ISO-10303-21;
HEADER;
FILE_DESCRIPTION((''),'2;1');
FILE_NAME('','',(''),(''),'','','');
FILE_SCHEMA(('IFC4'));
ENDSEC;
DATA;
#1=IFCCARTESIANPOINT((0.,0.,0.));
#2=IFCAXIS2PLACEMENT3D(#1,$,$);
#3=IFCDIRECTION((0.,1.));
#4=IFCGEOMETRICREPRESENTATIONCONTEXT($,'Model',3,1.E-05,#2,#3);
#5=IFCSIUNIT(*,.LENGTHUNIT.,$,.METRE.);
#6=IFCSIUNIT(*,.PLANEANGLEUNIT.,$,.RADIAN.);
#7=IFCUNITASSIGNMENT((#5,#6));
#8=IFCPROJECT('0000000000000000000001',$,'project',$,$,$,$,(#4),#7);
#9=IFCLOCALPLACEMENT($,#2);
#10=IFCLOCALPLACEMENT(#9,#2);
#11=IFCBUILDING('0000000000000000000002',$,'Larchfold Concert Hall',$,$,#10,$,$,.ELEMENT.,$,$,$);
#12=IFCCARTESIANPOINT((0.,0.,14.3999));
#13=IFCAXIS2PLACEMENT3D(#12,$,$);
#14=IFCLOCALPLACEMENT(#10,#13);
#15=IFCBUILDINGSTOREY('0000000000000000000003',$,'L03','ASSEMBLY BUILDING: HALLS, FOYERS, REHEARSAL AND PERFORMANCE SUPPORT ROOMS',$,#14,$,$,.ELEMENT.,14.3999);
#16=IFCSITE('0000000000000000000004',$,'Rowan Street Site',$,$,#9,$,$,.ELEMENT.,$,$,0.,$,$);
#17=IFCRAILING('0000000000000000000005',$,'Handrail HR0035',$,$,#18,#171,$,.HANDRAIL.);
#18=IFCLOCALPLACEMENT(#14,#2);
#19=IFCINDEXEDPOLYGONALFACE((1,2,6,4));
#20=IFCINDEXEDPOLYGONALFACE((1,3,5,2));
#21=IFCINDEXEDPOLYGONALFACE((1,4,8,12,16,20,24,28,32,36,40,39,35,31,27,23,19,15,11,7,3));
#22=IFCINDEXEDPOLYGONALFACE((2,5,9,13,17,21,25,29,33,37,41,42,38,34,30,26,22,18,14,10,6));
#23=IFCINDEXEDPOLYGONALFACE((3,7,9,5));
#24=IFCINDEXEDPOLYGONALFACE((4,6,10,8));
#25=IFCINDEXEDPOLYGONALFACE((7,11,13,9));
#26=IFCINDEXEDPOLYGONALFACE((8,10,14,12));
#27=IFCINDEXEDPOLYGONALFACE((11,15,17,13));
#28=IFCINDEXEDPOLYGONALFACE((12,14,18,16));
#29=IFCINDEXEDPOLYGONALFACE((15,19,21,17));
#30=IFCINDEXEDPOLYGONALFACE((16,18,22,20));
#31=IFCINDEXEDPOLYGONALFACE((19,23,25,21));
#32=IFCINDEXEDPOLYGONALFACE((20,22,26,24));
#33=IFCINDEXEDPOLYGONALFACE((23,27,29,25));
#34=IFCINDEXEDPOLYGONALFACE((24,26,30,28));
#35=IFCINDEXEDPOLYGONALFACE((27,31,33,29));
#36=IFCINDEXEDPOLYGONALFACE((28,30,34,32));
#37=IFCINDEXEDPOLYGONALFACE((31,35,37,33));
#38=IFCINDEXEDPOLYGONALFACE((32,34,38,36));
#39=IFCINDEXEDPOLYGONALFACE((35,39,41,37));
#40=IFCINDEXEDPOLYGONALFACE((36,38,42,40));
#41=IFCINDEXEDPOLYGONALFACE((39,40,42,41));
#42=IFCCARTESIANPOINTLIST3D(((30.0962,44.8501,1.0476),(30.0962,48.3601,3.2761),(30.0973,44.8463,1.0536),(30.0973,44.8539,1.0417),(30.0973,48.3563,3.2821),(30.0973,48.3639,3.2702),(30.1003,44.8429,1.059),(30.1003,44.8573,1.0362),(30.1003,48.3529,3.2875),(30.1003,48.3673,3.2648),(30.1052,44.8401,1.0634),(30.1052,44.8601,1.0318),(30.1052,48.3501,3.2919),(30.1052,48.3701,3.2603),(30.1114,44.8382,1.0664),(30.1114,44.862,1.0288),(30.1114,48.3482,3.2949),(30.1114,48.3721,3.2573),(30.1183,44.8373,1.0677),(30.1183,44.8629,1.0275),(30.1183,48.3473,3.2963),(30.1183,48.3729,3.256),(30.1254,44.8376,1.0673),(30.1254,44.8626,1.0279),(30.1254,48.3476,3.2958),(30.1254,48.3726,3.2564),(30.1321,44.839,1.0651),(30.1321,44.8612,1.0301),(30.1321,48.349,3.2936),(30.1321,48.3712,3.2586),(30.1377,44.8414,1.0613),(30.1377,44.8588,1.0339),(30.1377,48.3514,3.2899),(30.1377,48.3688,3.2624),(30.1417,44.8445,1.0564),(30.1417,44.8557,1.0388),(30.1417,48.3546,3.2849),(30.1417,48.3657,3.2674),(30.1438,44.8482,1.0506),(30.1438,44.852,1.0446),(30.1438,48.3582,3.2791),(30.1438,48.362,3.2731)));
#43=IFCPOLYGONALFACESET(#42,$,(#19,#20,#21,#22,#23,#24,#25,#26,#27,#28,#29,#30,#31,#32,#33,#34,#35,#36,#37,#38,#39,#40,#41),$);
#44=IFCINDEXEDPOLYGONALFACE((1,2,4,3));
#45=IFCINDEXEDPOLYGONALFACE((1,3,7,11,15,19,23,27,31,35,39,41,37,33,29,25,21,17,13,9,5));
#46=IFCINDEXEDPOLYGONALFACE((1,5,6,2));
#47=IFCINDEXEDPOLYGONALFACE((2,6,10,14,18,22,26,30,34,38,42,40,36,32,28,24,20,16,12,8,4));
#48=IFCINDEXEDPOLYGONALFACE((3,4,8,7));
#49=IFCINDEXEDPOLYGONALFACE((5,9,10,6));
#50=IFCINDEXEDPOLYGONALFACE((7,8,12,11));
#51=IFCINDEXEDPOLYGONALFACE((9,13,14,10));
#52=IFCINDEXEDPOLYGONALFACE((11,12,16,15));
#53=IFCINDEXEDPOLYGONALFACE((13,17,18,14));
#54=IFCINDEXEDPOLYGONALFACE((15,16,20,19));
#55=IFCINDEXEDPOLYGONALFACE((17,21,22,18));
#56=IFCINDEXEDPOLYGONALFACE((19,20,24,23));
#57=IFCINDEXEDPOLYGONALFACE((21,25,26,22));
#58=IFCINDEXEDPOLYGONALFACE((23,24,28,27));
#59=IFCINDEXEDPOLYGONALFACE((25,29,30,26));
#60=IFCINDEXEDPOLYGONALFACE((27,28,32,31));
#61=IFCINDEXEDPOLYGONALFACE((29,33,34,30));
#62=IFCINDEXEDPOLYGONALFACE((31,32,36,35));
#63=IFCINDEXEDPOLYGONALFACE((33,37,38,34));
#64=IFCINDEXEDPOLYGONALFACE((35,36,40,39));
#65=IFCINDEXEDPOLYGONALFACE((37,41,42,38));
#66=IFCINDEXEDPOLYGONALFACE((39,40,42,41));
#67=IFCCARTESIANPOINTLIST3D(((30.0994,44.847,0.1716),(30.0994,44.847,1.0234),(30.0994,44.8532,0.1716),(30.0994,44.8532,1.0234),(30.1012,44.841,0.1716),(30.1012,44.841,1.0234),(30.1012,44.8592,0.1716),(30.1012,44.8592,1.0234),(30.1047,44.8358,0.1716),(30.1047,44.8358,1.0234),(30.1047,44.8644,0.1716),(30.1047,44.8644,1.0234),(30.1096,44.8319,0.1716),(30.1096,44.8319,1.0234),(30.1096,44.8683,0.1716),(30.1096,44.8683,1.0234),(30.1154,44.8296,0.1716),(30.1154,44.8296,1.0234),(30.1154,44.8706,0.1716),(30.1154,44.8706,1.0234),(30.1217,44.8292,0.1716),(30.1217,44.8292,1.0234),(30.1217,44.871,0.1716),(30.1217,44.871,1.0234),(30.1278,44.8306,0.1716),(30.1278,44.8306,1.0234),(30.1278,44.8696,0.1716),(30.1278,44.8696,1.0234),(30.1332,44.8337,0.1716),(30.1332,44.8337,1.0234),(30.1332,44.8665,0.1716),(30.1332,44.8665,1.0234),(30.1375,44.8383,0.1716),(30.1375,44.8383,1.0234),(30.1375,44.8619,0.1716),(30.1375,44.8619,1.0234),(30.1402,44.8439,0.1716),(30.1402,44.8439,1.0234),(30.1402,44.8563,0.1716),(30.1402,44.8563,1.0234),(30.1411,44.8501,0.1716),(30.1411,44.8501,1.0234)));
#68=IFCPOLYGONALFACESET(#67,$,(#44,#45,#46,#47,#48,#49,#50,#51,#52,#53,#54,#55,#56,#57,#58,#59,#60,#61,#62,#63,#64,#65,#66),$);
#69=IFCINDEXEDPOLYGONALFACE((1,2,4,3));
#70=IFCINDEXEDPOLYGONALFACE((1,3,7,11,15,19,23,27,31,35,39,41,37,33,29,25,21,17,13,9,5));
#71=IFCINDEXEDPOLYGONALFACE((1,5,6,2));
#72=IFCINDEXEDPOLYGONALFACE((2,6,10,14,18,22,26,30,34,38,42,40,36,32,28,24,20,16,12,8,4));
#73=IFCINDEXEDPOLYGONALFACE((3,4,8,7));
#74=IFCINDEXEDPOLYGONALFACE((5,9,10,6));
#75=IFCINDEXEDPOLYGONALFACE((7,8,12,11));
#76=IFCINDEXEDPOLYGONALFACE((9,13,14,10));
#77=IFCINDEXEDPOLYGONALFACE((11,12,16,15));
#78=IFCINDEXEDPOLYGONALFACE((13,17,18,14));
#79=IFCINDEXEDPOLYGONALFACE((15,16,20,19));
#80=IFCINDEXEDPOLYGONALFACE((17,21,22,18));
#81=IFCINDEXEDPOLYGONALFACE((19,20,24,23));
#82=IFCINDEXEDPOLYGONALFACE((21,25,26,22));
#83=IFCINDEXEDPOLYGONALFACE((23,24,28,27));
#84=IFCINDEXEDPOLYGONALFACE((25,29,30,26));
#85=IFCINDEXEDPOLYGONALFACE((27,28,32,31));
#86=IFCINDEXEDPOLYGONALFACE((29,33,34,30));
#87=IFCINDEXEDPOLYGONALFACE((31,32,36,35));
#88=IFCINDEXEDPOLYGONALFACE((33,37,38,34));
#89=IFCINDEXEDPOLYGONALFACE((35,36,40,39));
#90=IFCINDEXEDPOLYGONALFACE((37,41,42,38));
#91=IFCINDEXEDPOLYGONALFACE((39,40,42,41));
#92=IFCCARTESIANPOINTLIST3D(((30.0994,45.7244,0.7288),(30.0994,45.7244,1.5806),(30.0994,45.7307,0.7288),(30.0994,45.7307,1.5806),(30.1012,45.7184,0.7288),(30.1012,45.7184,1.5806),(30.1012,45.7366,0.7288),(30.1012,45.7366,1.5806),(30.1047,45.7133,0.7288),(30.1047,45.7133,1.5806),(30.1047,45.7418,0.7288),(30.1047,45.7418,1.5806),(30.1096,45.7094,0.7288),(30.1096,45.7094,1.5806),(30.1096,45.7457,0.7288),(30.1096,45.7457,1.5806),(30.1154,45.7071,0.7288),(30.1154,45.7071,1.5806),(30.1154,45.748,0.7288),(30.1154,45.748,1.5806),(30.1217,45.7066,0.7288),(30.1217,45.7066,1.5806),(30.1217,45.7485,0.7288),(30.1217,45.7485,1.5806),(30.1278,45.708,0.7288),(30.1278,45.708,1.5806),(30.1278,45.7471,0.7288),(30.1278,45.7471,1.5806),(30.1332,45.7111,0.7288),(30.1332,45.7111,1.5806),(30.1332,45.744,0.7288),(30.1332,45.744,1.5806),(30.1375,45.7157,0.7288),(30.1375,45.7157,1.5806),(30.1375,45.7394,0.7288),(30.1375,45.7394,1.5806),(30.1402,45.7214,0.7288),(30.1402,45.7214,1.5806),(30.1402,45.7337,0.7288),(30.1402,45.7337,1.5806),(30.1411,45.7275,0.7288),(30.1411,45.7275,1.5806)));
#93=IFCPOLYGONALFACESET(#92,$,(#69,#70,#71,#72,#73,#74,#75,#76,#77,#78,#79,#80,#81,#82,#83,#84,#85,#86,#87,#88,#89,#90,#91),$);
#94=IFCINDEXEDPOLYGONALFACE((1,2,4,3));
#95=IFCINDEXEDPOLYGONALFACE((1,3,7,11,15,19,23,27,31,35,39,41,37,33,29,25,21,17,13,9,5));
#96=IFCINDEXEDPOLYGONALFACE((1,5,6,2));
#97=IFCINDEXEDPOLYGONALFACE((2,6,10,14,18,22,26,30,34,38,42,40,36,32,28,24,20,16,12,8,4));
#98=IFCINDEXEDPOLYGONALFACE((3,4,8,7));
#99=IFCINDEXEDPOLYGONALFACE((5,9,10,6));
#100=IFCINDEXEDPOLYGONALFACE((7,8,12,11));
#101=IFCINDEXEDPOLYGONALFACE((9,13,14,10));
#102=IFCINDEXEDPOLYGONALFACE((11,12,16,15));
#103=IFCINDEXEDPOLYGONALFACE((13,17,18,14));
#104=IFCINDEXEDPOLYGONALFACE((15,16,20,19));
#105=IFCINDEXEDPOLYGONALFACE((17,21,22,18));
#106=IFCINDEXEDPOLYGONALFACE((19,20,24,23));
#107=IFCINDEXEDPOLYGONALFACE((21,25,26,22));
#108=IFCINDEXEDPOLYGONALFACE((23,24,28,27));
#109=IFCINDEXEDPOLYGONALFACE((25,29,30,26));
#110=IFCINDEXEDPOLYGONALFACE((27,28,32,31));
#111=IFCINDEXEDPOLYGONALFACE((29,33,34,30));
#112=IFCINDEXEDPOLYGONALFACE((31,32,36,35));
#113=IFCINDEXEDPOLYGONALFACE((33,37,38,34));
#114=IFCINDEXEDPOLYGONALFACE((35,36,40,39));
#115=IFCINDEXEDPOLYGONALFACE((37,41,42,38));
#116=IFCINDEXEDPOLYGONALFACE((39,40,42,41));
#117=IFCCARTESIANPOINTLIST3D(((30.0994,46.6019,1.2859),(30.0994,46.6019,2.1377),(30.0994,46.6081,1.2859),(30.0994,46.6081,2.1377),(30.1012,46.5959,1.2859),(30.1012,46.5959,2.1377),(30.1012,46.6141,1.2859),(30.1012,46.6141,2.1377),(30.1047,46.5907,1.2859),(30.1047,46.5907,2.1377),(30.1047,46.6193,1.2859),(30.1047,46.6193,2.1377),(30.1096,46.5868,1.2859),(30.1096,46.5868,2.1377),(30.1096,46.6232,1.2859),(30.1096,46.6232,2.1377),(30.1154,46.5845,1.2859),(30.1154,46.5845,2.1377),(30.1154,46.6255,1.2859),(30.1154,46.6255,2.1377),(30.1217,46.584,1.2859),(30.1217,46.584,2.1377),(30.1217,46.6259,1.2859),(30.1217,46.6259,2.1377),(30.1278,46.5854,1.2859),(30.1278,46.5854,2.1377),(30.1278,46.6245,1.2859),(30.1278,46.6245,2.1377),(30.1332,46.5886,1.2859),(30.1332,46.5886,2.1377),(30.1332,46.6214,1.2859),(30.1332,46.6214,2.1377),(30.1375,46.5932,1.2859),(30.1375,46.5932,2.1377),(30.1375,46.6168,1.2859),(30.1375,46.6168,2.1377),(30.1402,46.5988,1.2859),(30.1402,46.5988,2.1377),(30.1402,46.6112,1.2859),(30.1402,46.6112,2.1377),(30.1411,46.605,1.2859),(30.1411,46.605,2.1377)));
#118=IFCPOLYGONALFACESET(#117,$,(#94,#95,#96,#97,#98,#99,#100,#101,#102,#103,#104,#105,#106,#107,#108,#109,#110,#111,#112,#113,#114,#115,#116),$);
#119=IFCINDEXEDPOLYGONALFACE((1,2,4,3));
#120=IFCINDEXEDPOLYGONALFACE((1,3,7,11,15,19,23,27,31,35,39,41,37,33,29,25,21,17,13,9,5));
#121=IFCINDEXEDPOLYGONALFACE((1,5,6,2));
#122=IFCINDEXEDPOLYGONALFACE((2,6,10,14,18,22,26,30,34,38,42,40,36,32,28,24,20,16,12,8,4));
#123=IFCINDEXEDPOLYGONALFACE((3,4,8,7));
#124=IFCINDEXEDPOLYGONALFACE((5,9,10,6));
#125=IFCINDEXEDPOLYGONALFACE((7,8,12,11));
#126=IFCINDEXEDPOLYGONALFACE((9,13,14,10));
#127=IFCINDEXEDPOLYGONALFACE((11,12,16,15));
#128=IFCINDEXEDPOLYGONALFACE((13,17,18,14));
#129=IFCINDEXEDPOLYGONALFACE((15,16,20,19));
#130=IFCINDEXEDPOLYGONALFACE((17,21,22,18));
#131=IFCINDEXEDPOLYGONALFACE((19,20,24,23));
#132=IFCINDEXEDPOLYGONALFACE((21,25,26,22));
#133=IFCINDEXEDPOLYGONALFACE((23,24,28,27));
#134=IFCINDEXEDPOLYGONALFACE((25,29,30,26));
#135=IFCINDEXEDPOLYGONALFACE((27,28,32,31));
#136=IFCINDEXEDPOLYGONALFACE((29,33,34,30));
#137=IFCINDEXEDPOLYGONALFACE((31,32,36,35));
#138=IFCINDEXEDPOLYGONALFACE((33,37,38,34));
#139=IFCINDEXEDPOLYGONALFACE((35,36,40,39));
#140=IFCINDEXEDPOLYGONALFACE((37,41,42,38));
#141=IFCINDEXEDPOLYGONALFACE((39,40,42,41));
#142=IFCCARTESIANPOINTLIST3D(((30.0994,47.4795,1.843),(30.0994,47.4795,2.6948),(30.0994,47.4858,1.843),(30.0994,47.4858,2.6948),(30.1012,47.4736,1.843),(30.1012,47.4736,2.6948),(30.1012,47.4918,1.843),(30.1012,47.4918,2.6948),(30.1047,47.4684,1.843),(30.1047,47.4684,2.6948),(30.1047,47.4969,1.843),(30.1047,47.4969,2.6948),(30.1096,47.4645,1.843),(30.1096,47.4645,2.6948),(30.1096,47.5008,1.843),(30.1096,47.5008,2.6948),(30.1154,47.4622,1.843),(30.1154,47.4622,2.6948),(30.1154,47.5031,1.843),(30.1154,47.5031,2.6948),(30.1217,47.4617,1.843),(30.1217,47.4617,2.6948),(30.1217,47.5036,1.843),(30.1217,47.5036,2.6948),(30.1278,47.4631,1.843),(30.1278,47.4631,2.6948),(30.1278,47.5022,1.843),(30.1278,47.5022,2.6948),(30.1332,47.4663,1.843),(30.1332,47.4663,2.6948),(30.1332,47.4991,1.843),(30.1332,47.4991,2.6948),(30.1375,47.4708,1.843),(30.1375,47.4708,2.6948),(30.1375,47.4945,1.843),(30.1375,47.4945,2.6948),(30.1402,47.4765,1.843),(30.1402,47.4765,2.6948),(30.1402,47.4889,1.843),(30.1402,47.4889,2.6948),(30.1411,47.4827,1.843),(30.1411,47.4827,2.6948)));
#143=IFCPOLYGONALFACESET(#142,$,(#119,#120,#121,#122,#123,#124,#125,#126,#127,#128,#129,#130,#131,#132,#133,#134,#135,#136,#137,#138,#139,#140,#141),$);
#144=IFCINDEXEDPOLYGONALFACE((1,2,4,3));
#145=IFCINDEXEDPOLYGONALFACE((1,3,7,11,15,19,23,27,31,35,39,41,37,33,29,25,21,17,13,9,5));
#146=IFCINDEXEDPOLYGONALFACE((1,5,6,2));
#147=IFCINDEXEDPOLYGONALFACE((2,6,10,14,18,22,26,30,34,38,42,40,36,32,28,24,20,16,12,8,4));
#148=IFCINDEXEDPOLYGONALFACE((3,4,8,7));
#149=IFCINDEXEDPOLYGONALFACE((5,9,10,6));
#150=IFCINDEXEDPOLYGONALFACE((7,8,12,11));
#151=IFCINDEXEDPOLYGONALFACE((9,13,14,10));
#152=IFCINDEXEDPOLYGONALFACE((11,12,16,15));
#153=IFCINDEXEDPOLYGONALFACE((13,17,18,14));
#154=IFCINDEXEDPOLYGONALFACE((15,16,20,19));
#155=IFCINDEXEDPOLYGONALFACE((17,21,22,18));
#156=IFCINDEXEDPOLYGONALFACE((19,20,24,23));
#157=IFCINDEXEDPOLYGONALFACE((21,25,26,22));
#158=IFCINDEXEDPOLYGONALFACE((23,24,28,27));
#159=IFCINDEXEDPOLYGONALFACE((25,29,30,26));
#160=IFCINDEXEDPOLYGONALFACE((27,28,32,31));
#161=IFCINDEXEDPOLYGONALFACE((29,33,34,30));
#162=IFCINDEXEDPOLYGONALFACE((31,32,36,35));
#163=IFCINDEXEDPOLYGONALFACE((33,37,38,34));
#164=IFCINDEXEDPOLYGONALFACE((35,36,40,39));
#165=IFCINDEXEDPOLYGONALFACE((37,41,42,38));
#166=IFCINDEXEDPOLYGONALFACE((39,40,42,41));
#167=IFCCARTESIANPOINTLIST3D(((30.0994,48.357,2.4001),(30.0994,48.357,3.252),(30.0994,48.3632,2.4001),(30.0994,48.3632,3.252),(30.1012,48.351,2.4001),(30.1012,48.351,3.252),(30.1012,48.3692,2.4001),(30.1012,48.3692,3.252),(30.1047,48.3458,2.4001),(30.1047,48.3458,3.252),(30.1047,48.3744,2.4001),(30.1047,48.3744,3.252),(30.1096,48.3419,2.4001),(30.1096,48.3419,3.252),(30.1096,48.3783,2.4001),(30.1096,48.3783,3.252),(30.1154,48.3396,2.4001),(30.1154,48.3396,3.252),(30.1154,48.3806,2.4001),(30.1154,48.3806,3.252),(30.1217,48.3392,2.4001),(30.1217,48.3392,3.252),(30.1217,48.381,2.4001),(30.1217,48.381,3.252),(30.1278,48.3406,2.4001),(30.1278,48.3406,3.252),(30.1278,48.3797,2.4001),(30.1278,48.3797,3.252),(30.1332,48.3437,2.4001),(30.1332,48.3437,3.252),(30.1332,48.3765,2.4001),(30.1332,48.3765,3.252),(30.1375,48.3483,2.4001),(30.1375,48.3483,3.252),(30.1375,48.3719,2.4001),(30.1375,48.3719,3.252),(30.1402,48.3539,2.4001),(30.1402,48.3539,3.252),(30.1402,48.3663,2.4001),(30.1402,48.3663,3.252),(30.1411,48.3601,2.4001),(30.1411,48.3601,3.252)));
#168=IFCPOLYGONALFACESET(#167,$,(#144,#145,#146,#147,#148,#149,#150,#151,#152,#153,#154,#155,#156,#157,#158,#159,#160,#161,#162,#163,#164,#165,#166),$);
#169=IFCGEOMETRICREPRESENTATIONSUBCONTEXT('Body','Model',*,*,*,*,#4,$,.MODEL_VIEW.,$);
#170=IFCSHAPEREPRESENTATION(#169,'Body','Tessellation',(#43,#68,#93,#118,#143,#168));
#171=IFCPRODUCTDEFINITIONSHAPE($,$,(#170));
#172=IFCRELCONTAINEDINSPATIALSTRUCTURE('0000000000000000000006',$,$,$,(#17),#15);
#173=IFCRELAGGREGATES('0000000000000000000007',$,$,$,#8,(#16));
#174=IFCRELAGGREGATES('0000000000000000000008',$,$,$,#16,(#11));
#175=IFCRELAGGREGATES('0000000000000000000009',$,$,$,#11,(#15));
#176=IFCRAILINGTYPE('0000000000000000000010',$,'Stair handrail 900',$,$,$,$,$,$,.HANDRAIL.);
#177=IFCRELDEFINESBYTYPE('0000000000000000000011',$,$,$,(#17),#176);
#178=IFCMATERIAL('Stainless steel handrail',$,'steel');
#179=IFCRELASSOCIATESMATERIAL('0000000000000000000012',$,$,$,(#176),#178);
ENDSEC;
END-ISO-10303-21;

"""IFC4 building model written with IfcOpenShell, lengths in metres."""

from ifc_helpers import new_model, si_unit, direction, frame, origin, origin_2d, place, context, subcontext, project, spatial, circle, extrude, material, type_object, element, save


model = new_model("IFC4")

# Units and contexts
model_context = context("Model", 3, precision=1e-05, world=origin(), true_north=direction((0.0, 1.0)))
body_context = subcontext(model_context, "Body", "Model", "MODEL_VIEW")
ifc_project = project(units=[si_unit("LENGTHUNIT", "METRE"), si_unit("PLANEANGLEUNIT", "RADIAN")], contexts=[model_context])

# Site, building, storey
site_placement = place(None, origin())
site = spatial("IfcSite", under=ifc_project, at=site_placement, Name="Rowan Street Site", CompositionType="ELEMENT", RefElevation=0.0)
building_placement = place(site_placement, origin())
building = spatial("IfcBuilding", under=site, at=building_placement, Name="Larchfold Concert Hall", CompositionType="ELEMENT")
storey_placement = place(building_placement, frame((0.0, 0.0, 14.3999)))
storey = spatial("IfcBuildingStorey", under=building, at=storey_placement, Name="L03", Description="ASSEMBLY BUILDING: HALLS, FOYERS, REHEARSAL AND PERFORMANCE SUPPORT ROOMS", CompositionType="ELEMENT", Elevation=14.3999)

# Railing
ifc_material_1 = material(Name="Stainless steel handrail", Category="steel")
railing_type_1 = type_object("IfcRailingType", Name="Stair handrail 900", PredefinedType="HANDRAIL", material=ifc_material_1)
railing_1_placement = place(storey_placement, frame((30.1201, 44.8501, 0.1716)))
element("IfcRailing", 1, at=railing_1_placement, inside=storey, type_object=railing_type_1, Name="Handrail HR0035", PredefinedType="HANDRAIL", context=body_context, shape_type="SweptSolid", body=[
    extrude(circle(Radius=0.0239, at=origin_2d()), frame((0.0, 0.0, 0.876), z_axis=(0.0, 0.84422, 0.535998), x_axis=(-1.0, 0.0, 0.0)), (0.0, 0.0, 1.0), 4.1577),
    extrude(circle(Radius=0.021, at=origin_2d()), origin(), (0.0, 0.0, 1.0), 0.8518),
    extrude(circle(Radius=0.021, at=origin_2d()), frame((0.0, 0.8774, 0.5571)), (0.0, 0.0, 1.0), 0.8518),
    extrude(circle(Radius=0.021, at=origin_2d()), frame((0.0, 1.7549, 1.1143)), (0.0, 0.0, 1.0), 0.8518),
    extrude(circle(Radius=0.021, at=origin_2d()), frame((0.0, 2.6326, 1.6714)), (0.0, 0.0, 1.0), 0.8518),
    extrude(circle(Radius=0.021, at=origin_2d()), frame((0.0, 3.51, 2.2285)), (0.0, 0.0, 1.0), 0.8518),
])

save(model, "model.ifc")
